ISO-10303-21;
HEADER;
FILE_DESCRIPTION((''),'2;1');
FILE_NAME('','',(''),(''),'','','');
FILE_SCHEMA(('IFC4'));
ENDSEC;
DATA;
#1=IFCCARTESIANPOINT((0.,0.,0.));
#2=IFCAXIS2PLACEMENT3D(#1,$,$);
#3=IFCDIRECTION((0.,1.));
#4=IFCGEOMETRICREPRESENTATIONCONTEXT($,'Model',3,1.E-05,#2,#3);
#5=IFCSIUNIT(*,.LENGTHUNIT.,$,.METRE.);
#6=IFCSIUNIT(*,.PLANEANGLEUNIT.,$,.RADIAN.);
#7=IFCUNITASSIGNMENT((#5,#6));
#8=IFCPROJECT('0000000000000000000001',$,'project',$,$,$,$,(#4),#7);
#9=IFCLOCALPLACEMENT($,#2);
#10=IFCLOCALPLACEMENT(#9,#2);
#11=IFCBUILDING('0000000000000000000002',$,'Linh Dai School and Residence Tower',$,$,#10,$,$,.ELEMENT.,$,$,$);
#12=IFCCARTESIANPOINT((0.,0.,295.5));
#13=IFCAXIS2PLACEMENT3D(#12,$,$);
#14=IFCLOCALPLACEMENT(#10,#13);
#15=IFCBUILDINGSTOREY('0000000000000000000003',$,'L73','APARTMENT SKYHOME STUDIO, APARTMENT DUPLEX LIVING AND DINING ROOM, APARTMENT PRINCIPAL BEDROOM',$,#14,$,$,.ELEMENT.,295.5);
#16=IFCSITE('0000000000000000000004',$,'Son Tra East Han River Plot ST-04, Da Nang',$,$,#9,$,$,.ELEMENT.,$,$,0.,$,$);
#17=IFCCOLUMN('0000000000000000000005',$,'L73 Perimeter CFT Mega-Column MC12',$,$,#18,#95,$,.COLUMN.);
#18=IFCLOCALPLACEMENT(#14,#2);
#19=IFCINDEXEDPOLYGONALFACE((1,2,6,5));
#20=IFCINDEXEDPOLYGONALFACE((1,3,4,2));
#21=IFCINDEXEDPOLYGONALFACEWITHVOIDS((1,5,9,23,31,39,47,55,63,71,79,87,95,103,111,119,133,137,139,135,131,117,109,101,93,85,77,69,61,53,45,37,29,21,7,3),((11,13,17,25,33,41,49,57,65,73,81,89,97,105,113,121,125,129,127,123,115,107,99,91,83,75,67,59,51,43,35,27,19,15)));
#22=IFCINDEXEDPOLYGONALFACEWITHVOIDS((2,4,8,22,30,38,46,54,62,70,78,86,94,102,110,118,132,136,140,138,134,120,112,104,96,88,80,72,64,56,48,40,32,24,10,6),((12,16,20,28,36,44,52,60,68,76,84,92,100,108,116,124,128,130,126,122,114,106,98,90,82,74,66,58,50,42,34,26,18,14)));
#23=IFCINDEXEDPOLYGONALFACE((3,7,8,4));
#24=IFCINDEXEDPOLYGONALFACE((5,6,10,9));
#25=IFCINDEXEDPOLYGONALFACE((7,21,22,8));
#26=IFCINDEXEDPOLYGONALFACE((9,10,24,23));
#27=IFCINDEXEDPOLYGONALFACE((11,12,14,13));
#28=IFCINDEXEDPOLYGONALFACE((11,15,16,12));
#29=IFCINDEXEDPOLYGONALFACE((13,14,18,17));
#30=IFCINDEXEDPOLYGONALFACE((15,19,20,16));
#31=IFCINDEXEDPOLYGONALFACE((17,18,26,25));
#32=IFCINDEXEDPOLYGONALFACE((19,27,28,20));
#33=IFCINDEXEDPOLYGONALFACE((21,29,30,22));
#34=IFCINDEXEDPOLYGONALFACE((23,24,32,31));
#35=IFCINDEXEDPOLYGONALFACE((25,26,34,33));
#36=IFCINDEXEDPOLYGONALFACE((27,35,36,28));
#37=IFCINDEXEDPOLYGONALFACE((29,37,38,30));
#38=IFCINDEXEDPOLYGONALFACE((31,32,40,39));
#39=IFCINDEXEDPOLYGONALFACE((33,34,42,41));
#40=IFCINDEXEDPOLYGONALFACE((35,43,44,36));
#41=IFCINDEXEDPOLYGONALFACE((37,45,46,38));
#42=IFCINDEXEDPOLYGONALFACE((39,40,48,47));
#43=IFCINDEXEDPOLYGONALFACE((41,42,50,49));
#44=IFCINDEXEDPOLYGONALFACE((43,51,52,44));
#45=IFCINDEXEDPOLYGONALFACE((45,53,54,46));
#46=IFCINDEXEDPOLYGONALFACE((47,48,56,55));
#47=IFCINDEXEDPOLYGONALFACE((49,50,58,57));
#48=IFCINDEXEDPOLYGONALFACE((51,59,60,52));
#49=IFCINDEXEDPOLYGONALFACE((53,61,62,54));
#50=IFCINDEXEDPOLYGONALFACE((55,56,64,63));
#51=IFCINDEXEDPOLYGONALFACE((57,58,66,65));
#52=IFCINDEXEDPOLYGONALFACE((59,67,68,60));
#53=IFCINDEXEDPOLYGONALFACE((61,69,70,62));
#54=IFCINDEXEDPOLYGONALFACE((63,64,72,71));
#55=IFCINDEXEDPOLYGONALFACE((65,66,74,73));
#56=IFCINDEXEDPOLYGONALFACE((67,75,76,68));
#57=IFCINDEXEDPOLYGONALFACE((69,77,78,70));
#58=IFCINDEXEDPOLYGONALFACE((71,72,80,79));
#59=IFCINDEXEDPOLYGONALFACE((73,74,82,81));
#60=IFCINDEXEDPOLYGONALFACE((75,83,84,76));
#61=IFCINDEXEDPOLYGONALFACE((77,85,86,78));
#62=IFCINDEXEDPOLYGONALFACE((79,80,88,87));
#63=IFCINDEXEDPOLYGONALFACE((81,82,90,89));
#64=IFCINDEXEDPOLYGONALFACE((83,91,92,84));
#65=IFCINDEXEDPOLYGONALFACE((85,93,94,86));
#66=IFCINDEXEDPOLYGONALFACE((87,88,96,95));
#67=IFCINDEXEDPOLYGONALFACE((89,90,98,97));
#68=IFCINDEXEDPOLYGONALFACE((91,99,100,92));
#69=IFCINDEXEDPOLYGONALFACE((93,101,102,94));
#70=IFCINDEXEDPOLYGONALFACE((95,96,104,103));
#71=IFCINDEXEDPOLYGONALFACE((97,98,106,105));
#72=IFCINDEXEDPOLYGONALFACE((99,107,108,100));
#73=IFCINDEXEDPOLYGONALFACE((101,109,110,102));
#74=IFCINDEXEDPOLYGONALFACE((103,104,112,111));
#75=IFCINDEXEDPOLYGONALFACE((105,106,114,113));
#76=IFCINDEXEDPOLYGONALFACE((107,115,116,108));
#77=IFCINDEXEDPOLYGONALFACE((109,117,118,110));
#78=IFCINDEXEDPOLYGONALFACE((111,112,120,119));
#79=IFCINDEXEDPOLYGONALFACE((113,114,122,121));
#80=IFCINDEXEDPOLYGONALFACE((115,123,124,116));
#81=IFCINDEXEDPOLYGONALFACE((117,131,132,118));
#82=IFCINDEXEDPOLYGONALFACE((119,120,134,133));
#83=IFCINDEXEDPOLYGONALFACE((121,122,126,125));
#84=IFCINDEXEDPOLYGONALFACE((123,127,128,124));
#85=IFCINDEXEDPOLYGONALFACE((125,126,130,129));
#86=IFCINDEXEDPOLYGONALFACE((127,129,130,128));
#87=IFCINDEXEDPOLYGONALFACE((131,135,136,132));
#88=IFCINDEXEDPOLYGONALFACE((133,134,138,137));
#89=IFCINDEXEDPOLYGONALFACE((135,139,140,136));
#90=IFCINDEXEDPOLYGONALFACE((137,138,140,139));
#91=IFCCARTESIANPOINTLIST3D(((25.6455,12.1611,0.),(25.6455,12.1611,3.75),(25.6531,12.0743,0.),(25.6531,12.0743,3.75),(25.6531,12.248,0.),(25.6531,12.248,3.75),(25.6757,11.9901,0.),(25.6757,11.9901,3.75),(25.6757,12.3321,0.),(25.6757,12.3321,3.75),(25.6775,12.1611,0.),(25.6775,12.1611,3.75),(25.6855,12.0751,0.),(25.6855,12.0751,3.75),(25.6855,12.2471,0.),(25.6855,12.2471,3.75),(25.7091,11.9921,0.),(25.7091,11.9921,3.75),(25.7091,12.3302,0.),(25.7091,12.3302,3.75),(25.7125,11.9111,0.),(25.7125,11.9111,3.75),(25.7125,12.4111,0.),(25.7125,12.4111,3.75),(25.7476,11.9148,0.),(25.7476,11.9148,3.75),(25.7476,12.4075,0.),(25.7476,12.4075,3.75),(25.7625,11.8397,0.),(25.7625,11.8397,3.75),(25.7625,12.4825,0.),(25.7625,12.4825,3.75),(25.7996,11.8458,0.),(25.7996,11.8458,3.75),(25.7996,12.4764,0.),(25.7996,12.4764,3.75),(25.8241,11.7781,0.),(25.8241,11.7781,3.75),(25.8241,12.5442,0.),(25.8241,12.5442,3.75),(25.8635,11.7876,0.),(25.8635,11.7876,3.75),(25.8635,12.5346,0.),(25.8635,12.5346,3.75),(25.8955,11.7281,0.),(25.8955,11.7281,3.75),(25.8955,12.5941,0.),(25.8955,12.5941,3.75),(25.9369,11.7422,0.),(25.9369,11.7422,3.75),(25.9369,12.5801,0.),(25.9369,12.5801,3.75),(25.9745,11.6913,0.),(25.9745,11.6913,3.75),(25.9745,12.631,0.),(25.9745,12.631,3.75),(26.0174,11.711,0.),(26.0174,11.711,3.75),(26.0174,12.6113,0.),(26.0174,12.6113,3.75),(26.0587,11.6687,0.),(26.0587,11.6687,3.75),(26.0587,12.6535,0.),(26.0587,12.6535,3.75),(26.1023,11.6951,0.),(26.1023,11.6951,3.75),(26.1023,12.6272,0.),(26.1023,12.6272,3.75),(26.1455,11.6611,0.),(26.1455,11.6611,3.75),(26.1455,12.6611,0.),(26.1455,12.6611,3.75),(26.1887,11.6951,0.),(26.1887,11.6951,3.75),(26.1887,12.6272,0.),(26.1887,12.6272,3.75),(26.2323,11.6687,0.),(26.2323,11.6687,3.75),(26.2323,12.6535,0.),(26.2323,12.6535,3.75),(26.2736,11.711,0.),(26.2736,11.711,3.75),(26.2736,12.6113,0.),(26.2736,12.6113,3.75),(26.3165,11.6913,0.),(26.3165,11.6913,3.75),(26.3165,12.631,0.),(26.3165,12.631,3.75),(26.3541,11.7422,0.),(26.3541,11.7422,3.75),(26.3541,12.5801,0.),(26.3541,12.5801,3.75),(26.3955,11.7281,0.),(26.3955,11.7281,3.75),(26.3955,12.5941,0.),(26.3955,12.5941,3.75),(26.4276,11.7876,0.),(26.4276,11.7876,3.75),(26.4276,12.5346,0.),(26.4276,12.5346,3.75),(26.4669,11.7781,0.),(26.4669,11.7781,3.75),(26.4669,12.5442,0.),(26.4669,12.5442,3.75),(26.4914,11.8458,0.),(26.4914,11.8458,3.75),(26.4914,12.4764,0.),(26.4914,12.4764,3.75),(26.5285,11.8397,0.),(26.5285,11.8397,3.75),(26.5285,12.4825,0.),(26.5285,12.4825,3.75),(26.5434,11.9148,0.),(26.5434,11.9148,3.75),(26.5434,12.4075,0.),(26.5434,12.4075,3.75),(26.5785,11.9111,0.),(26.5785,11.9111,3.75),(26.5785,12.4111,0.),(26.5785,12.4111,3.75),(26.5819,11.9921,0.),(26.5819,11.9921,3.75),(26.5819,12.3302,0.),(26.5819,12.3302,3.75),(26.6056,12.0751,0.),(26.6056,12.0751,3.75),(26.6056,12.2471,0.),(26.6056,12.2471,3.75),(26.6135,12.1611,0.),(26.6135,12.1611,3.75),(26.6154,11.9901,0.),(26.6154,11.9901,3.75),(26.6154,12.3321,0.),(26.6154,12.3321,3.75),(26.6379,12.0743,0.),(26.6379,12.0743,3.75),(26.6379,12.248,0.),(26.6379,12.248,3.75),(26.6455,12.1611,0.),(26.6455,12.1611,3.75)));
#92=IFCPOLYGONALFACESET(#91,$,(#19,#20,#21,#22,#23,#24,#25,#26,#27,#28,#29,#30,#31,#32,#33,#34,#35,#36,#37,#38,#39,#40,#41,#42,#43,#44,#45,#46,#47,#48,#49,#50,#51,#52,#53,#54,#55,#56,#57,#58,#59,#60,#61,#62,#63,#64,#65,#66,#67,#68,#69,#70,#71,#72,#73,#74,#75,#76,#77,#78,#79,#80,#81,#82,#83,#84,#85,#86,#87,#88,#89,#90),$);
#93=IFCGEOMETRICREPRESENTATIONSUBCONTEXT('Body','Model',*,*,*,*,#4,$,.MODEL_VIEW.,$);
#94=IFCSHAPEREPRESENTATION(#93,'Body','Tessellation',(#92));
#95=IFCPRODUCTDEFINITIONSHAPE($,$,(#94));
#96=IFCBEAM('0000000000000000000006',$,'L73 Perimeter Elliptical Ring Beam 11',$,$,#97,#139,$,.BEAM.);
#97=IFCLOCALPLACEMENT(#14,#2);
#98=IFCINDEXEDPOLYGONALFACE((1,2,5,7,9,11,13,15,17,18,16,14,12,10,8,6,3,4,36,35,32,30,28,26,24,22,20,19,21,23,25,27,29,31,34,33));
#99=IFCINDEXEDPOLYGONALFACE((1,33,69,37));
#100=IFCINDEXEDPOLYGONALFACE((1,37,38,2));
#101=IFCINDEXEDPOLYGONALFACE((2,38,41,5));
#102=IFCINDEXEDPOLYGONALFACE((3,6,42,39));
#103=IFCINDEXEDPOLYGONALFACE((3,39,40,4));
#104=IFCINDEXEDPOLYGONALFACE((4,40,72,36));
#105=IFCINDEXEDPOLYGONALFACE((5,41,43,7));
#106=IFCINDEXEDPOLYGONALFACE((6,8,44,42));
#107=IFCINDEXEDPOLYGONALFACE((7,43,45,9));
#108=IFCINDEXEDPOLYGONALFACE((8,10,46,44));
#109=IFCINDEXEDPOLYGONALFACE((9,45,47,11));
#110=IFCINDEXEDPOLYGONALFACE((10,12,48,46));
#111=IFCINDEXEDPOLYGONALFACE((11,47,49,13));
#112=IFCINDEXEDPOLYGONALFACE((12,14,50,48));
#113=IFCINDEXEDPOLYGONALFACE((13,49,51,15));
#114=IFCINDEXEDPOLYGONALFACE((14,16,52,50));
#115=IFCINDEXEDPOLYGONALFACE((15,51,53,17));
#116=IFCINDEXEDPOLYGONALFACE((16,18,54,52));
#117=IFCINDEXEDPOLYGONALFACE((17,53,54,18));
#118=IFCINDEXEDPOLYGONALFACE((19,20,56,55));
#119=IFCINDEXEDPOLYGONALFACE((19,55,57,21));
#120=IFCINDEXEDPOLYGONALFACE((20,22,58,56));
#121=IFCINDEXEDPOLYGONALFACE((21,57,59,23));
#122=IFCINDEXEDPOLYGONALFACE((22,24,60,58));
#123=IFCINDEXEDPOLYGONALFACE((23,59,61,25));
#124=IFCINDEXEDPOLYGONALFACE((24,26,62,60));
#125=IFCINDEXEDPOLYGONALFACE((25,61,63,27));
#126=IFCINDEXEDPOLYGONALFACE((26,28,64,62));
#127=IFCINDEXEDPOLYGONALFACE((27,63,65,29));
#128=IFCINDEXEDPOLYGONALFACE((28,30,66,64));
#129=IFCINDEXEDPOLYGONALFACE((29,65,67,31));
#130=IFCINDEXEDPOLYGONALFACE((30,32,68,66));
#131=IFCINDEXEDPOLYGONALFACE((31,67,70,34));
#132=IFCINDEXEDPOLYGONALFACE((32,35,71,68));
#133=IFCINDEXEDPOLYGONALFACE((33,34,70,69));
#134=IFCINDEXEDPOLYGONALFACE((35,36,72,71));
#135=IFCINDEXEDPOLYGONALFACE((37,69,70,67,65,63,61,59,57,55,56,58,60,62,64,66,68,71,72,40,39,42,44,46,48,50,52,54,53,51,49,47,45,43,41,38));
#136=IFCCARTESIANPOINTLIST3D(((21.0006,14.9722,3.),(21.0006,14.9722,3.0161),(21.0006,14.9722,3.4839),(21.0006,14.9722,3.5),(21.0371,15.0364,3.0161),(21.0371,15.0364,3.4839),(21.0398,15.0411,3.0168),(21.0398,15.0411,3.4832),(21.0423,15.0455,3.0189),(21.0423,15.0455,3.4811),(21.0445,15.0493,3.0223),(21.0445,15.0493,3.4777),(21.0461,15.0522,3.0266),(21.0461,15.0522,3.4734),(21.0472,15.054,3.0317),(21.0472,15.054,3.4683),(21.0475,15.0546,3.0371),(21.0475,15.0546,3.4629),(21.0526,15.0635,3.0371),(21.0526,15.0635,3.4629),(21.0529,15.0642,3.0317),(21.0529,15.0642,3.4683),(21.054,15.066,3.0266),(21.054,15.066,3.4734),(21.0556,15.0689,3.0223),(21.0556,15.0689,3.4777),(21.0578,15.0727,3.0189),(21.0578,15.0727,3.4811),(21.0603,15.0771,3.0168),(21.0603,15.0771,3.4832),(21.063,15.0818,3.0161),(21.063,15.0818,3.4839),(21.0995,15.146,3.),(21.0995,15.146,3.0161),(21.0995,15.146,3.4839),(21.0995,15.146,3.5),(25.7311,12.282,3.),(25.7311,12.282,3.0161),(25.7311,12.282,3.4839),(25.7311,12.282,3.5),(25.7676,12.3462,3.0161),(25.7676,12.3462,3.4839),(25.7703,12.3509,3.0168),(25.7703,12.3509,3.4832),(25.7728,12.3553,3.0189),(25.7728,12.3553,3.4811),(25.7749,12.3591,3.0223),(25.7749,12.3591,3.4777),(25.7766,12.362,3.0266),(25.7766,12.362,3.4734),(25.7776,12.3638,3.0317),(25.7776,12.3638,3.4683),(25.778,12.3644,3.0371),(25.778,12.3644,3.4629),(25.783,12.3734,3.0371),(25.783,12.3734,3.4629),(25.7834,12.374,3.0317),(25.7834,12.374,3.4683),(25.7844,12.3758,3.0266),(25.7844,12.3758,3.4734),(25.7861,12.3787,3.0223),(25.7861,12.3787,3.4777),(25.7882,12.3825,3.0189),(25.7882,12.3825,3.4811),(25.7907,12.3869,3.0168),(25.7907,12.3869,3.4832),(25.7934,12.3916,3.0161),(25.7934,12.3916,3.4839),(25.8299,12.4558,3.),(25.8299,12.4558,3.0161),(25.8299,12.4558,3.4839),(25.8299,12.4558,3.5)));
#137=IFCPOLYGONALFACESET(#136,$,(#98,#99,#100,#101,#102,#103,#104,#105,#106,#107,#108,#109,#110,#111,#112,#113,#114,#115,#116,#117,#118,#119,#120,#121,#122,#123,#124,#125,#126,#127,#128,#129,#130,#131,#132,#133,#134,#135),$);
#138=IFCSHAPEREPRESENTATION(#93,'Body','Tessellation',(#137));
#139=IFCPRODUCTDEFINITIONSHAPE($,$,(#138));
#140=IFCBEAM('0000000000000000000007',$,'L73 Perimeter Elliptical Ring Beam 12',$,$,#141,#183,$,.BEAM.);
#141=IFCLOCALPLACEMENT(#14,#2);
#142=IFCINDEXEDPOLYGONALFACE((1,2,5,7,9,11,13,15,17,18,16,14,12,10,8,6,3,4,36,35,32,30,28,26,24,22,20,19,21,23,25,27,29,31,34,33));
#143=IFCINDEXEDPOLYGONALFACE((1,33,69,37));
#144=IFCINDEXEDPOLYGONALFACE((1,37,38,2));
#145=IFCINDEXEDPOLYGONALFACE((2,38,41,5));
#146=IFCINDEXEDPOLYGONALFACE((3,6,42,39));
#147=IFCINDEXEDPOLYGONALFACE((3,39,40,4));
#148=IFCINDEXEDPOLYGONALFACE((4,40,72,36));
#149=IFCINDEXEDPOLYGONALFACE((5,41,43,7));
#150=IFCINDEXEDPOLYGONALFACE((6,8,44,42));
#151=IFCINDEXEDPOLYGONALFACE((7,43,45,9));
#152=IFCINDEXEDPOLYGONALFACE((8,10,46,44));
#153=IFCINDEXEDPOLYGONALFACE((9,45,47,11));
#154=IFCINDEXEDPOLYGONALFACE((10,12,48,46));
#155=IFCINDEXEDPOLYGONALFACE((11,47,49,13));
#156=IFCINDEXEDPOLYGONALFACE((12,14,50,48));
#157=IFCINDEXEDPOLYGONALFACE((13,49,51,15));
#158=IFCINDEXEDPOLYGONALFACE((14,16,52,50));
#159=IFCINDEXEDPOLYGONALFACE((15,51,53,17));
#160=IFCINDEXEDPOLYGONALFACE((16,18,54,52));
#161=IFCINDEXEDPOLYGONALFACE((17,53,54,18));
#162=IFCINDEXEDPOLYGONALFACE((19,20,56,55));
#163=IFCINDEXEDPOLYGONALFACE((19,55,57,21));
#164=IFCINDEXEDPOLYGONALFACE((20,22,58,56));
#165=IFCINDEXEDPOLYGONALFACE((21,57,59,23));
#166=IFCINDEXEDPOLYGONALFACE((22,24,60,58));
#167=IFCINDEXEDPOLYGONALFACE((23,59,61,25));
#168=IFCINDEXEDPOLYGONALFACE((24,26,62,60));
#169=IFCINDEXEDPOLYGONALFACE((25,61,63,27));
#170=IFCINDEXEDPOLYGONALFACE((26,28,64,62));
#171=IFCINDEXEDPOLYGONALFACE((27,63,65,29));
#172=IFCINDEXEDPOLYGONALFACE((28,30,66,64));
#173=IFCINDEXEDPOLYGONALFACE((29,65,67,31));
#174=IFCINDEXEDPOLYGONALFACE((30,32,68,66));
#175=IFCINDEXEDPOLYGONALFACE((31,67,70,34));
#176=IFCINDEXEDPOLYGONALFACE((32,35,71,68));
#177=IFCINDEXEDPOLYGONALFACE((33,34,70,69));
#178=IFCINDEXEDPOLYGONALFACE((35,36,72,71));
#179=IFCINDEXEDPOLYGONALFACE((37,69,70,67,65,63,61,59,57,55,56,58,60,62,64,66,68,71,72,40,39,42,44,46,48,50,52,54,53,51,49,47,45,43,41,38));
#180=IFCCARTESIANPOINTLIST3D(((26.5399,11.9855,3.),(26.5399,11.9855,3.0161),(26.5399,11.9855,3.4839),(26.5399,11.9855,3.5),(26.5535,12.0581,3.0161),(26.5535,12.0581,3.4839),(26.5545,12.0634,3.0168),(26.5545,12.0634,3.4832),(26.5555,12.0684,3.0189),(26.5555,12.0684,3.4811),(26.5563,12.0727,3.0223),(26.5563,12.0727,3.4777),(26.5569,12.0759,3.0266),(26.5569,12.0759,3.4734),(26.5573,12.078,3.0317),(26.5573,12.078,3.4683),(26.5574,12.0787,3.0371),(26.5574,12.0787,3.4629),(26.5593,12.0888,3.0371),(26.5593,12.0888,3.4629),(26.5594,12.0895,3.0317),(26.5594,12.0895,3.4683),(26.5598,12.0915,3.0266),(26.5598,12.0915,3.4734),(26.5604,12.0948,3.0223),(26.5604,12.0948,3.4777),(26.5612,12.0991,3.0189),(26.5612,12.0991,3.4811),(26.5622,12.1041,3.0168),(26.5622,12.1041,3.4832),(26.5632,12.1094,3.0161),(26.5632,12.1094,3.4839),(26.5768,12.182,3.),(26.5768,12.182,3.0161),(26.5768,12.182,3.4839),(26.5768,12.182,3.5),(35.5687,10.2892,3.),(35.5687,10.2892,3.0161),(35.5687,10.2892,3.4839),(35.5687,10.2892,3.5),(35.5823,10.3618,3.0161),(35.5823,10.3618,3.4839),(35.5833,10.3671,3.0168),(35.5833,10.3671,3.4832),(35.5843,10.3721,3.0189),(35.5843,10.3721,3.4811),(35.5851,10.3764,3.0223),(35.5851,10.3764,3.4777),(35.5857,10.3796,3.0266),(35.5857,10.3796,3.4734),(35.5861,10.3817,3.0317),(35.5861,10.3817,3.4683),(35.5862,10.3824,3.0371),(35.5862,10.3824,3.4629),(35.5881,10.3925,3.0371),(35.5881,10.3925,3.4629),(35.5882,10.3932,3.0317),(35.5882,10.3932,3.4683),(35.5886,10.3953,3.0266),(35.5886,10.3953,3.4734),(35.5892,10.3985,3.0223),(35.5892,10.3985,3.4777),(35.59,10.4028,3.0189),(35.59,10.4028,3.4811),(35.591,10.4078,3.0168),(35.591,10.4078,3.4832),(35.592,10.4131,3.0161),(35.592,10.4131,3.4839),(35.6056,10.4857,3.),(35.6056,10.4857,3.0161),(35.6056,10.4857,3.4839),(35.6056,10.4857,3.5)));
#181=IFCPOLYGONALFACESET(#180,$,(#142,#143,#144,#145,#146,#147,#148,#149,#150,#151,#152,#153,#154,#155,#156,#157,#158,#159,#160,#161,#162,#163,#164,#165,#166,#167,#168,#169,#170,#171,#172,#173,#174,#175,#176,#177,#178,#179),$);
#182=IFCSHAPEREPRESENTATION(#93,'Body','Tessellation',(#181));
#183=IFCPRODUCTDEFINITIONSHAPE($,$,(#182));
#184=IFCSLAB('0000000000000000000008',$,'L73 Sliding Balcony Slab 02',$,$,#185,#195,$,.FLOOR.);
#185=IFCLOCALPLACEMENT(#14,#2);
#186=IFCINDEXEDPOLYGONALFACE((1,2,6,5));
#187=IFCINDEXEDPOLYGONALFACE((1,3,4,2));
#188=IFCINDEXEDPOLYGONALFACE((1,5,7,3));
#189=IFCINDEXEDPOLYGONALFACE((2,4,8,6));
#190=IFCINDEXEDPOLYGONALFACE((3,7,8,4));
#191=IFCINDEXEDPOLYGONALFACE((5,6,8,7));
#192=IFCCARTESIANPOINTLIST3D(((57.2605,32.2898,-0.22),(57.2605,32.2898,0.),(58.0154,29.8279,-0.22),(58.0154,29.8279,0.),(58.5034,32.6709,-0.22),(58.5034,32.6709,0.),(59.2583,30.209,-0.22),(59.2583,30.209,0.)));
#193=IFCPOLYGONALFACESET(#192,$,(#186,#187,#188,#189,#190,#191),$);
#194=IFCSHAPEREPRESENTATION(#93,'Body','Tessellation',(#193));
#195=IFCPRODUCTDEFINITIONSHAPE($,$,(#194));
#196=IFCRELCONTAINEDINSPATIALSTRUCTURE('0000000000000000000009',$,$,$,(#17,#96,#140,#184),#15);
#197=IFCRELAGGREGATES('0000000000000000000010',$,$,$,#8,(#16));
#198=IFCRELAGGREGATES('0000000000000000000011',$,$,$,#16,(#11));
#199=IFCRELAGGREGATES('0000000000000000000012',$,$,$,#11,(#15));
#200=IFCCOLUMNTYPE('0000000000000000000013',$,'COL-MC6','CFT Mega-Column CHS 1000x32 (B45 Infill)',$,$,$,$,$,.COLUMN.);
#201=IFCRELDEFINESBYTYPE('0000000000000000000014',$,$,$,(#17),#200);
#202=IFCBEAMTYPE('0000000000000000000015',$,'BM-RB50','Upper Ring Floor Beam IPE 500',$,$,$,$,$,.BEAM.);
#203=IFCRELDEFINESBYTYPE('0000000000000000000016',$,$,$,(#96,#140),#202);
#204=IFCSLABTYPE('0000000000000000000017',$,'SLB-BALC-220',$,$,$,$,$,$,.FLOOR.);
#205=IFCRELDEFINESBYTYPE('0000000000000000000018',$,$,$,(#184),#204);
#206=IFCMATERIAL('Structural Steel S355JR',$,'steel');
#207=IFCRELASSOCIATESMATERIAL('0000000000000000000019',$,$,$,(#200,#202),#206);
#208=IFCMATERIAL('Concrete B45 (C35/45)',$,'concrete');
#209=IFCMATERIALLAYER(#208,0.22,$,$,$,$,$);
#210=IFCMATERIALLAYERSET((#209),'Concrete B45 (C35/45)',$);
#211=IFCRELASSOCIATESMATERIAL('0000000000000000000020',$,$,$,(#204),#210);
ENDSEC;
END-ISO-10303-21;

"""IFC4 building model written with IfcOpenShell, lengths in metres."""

from ifc_helpers import new_model, si_unit, direction, frame, origin, origin_2d, place, context, subcontext, project, spatial, polyline, hollow_circle, i_section, outline, extrude, material, layer, layer_set, material_profile, profile_set, type_object, element, save


model = new_model("IFC4")

# Units and contexts
model_context = context("Model", 3, precision=1e-05, world=origin(), true_north=direction((0.0, 1.0)))
body_context = subcontext(model_context, "Body", "Model", "MODEL_VIEW")
ifc_project = project(units=[si_unit("LENGTHUNIT", "METRE"), si_unit("PLANEANGLEUNIT", "RADIAN")], contexts=[model_context])

# Site, building, storey
site_placement = place(None, origin())
site = spatial("IfcSite", under=ifc_project, at=site_placement, Name="Son Tra East Han River Plot ST-04, Da Nang", CompositionType="ELEMENT", RefElevation=0.0)
building_placement = place(site_placement, origin())
building = spatial("IfcBuilding", under=site, at=building_placement, Name="Linh Dai School and Residence Tower", CompositionType="ELEMENT")
storey_placement = place(building_placement, frame((0.0, 0.0, 295.5)))
storey = spatial("IfcBuildingStorey", under=building, at=storey_placement, Name="L73", Description="APARTMENT SKYHOME STUDIO, APARTMENT DUPLEX LIVING AND DINING ROOM, APARTMENT PRINCIPAL BEDROOM", CompositionType="ELEMENT", Elevation=295.5)

# Column
ifc_material_1 = material(Name="Structural Steel S355JR", Category="steel")
ifc_material_profile_1 = material_profile(ifc_material_1, hollow_circle(Radius=0.5, WallThickness=0.032, at=origin_2d()), Name="CHS 1000x32")
ifc_profile_set_1 = profile_set([ifc_material_profile_1], Name="Structural Steel S355JR")
column_type = type_object("IfcColumnType", Name="COL-MC6", Description="CFT Mega-Column CHS 1000x32 (B45 Infill)", PredefinedType="COLUMN", material=ifc_profile_set_1)
column_placement = place(storey_placement, frame((26.1455, 12.1611, 0.0), z_axis=(0.0, 0.0, 1.0), x_axis=(1.0, 0.0, 0.0)))
element("IfcColumn", 1, at=column_placement, inside=storey, type_object=column_type, Name="L73 Perimeter CFT Mega-Column MC12", PredefinedType="COLUMN", context=body_context, shape_type="SweptSolid", body=[
    extrude(hollow_circle(Radius=0.5, WallThickness=0.032, at=origin_2d()), origin(), (0.0, 0.0, 1.0), 3.75),
])

# Beams
ifc_material_profile_2 = material_profile(ifc_material_1, i_section(OverallWidth=0.2, OverallDepth=0.5, WebThickness=0.0103, FlangeThickness=0.0161, FilletRadius=0.021, at=origin_2d()), Name="IPE 500")
ifc_profile_set_2 = profile_set([ifc_material_profile_2], Name="Structural Steel S355JR")
beam_type = type_object("IfcBeamType", Name="BM-RB50", Description="Upper Ring Floor Beam IPE 500", PredefinedType="BEAM", material=ifc_profile_set_2)
beam_1_placement = place(storey_placement, frame((21.05, 15.0591, 3.25), z_axis=(0.869266, -0.494345, 0.0), x_axis=(0.494345, 0.869266, 0.0)))
element("IfcBeam", 2, at=beam_1_placement, inside=storey, type_object=beam_type, Name="L73 Perimeter Elliptical Ring Beam 11", PredefinedType="BEAM", context=body_context, shape_type="SweptSolid", body=[
    extrude(i_section(OverallWidth=0.2, OverallDepth=0.5, WebThickness=0.0103, FlangeThickness=0.0161, FilletRadius=0.021, at=origin_2d()), origin(), (0.0, 0.0, 1.0), 5.4419),
])
beam_2_placement = place(storey_placement, frame((26.5583, 12.0837, 3.25), z_axis=(0.982805, -0.184645, 0.0), x_axis=(0.184645, 0.982805, 0.0)))
element("IfcBeam", 3, at=beam_2_placement, inside=storey, type_object=beam_type, Name="L73 Perimeter Elliptical Ring Beam 12", PredefinedType="BEAM", context=body_context, shape_type="SweptSolid", body=[
    extrude(i_section(OverallWidth=0.2, OverallDepth=0.5, WebThickness=0.0103, FlangeThickness=0.0161, FilletRadius=0.021, at=origin_2d()), origin(), (0.0, 0.0, 1.0), 9.1868),
])

# Slab
ifc_material_2 = material(Name="Concrete B45 (C35/45)", Category="concrete")
ifc_layer_1 = layer(ifc_material_2, 0.22)
ifc_layer_set_1 = layer_set([ifc_layer_1], Name="Concrete B45 (C35/45)")
slab_type_1 = type_object("IfcSlabType", Name="SLB-BALC-220", PredefinedType="FLOOR", material=ifc_layer_set_1)
slab_1_placement = place(storey_placement, frame((0.0, 0.0, -0.22)))
element("IfcSlab", 4, at=slab_1_placement, inside=storey, type_object=slab_type_1, Name="L73 Sliding Balcony Slab 02", PredefinedType="FLOOR", context=body_context, shape_type="SweptSolid", body=[
    extrude(outline(polyline([(57.2605, 32.2898), (58.0154, 29.8279), (59.2583, 30.209), (58.5034, 32.6709), (57.2605, 32.2898)])), origin(), (0.0, 0.0, 1.0), 0.22),
])

save(model, "model.ifc")
